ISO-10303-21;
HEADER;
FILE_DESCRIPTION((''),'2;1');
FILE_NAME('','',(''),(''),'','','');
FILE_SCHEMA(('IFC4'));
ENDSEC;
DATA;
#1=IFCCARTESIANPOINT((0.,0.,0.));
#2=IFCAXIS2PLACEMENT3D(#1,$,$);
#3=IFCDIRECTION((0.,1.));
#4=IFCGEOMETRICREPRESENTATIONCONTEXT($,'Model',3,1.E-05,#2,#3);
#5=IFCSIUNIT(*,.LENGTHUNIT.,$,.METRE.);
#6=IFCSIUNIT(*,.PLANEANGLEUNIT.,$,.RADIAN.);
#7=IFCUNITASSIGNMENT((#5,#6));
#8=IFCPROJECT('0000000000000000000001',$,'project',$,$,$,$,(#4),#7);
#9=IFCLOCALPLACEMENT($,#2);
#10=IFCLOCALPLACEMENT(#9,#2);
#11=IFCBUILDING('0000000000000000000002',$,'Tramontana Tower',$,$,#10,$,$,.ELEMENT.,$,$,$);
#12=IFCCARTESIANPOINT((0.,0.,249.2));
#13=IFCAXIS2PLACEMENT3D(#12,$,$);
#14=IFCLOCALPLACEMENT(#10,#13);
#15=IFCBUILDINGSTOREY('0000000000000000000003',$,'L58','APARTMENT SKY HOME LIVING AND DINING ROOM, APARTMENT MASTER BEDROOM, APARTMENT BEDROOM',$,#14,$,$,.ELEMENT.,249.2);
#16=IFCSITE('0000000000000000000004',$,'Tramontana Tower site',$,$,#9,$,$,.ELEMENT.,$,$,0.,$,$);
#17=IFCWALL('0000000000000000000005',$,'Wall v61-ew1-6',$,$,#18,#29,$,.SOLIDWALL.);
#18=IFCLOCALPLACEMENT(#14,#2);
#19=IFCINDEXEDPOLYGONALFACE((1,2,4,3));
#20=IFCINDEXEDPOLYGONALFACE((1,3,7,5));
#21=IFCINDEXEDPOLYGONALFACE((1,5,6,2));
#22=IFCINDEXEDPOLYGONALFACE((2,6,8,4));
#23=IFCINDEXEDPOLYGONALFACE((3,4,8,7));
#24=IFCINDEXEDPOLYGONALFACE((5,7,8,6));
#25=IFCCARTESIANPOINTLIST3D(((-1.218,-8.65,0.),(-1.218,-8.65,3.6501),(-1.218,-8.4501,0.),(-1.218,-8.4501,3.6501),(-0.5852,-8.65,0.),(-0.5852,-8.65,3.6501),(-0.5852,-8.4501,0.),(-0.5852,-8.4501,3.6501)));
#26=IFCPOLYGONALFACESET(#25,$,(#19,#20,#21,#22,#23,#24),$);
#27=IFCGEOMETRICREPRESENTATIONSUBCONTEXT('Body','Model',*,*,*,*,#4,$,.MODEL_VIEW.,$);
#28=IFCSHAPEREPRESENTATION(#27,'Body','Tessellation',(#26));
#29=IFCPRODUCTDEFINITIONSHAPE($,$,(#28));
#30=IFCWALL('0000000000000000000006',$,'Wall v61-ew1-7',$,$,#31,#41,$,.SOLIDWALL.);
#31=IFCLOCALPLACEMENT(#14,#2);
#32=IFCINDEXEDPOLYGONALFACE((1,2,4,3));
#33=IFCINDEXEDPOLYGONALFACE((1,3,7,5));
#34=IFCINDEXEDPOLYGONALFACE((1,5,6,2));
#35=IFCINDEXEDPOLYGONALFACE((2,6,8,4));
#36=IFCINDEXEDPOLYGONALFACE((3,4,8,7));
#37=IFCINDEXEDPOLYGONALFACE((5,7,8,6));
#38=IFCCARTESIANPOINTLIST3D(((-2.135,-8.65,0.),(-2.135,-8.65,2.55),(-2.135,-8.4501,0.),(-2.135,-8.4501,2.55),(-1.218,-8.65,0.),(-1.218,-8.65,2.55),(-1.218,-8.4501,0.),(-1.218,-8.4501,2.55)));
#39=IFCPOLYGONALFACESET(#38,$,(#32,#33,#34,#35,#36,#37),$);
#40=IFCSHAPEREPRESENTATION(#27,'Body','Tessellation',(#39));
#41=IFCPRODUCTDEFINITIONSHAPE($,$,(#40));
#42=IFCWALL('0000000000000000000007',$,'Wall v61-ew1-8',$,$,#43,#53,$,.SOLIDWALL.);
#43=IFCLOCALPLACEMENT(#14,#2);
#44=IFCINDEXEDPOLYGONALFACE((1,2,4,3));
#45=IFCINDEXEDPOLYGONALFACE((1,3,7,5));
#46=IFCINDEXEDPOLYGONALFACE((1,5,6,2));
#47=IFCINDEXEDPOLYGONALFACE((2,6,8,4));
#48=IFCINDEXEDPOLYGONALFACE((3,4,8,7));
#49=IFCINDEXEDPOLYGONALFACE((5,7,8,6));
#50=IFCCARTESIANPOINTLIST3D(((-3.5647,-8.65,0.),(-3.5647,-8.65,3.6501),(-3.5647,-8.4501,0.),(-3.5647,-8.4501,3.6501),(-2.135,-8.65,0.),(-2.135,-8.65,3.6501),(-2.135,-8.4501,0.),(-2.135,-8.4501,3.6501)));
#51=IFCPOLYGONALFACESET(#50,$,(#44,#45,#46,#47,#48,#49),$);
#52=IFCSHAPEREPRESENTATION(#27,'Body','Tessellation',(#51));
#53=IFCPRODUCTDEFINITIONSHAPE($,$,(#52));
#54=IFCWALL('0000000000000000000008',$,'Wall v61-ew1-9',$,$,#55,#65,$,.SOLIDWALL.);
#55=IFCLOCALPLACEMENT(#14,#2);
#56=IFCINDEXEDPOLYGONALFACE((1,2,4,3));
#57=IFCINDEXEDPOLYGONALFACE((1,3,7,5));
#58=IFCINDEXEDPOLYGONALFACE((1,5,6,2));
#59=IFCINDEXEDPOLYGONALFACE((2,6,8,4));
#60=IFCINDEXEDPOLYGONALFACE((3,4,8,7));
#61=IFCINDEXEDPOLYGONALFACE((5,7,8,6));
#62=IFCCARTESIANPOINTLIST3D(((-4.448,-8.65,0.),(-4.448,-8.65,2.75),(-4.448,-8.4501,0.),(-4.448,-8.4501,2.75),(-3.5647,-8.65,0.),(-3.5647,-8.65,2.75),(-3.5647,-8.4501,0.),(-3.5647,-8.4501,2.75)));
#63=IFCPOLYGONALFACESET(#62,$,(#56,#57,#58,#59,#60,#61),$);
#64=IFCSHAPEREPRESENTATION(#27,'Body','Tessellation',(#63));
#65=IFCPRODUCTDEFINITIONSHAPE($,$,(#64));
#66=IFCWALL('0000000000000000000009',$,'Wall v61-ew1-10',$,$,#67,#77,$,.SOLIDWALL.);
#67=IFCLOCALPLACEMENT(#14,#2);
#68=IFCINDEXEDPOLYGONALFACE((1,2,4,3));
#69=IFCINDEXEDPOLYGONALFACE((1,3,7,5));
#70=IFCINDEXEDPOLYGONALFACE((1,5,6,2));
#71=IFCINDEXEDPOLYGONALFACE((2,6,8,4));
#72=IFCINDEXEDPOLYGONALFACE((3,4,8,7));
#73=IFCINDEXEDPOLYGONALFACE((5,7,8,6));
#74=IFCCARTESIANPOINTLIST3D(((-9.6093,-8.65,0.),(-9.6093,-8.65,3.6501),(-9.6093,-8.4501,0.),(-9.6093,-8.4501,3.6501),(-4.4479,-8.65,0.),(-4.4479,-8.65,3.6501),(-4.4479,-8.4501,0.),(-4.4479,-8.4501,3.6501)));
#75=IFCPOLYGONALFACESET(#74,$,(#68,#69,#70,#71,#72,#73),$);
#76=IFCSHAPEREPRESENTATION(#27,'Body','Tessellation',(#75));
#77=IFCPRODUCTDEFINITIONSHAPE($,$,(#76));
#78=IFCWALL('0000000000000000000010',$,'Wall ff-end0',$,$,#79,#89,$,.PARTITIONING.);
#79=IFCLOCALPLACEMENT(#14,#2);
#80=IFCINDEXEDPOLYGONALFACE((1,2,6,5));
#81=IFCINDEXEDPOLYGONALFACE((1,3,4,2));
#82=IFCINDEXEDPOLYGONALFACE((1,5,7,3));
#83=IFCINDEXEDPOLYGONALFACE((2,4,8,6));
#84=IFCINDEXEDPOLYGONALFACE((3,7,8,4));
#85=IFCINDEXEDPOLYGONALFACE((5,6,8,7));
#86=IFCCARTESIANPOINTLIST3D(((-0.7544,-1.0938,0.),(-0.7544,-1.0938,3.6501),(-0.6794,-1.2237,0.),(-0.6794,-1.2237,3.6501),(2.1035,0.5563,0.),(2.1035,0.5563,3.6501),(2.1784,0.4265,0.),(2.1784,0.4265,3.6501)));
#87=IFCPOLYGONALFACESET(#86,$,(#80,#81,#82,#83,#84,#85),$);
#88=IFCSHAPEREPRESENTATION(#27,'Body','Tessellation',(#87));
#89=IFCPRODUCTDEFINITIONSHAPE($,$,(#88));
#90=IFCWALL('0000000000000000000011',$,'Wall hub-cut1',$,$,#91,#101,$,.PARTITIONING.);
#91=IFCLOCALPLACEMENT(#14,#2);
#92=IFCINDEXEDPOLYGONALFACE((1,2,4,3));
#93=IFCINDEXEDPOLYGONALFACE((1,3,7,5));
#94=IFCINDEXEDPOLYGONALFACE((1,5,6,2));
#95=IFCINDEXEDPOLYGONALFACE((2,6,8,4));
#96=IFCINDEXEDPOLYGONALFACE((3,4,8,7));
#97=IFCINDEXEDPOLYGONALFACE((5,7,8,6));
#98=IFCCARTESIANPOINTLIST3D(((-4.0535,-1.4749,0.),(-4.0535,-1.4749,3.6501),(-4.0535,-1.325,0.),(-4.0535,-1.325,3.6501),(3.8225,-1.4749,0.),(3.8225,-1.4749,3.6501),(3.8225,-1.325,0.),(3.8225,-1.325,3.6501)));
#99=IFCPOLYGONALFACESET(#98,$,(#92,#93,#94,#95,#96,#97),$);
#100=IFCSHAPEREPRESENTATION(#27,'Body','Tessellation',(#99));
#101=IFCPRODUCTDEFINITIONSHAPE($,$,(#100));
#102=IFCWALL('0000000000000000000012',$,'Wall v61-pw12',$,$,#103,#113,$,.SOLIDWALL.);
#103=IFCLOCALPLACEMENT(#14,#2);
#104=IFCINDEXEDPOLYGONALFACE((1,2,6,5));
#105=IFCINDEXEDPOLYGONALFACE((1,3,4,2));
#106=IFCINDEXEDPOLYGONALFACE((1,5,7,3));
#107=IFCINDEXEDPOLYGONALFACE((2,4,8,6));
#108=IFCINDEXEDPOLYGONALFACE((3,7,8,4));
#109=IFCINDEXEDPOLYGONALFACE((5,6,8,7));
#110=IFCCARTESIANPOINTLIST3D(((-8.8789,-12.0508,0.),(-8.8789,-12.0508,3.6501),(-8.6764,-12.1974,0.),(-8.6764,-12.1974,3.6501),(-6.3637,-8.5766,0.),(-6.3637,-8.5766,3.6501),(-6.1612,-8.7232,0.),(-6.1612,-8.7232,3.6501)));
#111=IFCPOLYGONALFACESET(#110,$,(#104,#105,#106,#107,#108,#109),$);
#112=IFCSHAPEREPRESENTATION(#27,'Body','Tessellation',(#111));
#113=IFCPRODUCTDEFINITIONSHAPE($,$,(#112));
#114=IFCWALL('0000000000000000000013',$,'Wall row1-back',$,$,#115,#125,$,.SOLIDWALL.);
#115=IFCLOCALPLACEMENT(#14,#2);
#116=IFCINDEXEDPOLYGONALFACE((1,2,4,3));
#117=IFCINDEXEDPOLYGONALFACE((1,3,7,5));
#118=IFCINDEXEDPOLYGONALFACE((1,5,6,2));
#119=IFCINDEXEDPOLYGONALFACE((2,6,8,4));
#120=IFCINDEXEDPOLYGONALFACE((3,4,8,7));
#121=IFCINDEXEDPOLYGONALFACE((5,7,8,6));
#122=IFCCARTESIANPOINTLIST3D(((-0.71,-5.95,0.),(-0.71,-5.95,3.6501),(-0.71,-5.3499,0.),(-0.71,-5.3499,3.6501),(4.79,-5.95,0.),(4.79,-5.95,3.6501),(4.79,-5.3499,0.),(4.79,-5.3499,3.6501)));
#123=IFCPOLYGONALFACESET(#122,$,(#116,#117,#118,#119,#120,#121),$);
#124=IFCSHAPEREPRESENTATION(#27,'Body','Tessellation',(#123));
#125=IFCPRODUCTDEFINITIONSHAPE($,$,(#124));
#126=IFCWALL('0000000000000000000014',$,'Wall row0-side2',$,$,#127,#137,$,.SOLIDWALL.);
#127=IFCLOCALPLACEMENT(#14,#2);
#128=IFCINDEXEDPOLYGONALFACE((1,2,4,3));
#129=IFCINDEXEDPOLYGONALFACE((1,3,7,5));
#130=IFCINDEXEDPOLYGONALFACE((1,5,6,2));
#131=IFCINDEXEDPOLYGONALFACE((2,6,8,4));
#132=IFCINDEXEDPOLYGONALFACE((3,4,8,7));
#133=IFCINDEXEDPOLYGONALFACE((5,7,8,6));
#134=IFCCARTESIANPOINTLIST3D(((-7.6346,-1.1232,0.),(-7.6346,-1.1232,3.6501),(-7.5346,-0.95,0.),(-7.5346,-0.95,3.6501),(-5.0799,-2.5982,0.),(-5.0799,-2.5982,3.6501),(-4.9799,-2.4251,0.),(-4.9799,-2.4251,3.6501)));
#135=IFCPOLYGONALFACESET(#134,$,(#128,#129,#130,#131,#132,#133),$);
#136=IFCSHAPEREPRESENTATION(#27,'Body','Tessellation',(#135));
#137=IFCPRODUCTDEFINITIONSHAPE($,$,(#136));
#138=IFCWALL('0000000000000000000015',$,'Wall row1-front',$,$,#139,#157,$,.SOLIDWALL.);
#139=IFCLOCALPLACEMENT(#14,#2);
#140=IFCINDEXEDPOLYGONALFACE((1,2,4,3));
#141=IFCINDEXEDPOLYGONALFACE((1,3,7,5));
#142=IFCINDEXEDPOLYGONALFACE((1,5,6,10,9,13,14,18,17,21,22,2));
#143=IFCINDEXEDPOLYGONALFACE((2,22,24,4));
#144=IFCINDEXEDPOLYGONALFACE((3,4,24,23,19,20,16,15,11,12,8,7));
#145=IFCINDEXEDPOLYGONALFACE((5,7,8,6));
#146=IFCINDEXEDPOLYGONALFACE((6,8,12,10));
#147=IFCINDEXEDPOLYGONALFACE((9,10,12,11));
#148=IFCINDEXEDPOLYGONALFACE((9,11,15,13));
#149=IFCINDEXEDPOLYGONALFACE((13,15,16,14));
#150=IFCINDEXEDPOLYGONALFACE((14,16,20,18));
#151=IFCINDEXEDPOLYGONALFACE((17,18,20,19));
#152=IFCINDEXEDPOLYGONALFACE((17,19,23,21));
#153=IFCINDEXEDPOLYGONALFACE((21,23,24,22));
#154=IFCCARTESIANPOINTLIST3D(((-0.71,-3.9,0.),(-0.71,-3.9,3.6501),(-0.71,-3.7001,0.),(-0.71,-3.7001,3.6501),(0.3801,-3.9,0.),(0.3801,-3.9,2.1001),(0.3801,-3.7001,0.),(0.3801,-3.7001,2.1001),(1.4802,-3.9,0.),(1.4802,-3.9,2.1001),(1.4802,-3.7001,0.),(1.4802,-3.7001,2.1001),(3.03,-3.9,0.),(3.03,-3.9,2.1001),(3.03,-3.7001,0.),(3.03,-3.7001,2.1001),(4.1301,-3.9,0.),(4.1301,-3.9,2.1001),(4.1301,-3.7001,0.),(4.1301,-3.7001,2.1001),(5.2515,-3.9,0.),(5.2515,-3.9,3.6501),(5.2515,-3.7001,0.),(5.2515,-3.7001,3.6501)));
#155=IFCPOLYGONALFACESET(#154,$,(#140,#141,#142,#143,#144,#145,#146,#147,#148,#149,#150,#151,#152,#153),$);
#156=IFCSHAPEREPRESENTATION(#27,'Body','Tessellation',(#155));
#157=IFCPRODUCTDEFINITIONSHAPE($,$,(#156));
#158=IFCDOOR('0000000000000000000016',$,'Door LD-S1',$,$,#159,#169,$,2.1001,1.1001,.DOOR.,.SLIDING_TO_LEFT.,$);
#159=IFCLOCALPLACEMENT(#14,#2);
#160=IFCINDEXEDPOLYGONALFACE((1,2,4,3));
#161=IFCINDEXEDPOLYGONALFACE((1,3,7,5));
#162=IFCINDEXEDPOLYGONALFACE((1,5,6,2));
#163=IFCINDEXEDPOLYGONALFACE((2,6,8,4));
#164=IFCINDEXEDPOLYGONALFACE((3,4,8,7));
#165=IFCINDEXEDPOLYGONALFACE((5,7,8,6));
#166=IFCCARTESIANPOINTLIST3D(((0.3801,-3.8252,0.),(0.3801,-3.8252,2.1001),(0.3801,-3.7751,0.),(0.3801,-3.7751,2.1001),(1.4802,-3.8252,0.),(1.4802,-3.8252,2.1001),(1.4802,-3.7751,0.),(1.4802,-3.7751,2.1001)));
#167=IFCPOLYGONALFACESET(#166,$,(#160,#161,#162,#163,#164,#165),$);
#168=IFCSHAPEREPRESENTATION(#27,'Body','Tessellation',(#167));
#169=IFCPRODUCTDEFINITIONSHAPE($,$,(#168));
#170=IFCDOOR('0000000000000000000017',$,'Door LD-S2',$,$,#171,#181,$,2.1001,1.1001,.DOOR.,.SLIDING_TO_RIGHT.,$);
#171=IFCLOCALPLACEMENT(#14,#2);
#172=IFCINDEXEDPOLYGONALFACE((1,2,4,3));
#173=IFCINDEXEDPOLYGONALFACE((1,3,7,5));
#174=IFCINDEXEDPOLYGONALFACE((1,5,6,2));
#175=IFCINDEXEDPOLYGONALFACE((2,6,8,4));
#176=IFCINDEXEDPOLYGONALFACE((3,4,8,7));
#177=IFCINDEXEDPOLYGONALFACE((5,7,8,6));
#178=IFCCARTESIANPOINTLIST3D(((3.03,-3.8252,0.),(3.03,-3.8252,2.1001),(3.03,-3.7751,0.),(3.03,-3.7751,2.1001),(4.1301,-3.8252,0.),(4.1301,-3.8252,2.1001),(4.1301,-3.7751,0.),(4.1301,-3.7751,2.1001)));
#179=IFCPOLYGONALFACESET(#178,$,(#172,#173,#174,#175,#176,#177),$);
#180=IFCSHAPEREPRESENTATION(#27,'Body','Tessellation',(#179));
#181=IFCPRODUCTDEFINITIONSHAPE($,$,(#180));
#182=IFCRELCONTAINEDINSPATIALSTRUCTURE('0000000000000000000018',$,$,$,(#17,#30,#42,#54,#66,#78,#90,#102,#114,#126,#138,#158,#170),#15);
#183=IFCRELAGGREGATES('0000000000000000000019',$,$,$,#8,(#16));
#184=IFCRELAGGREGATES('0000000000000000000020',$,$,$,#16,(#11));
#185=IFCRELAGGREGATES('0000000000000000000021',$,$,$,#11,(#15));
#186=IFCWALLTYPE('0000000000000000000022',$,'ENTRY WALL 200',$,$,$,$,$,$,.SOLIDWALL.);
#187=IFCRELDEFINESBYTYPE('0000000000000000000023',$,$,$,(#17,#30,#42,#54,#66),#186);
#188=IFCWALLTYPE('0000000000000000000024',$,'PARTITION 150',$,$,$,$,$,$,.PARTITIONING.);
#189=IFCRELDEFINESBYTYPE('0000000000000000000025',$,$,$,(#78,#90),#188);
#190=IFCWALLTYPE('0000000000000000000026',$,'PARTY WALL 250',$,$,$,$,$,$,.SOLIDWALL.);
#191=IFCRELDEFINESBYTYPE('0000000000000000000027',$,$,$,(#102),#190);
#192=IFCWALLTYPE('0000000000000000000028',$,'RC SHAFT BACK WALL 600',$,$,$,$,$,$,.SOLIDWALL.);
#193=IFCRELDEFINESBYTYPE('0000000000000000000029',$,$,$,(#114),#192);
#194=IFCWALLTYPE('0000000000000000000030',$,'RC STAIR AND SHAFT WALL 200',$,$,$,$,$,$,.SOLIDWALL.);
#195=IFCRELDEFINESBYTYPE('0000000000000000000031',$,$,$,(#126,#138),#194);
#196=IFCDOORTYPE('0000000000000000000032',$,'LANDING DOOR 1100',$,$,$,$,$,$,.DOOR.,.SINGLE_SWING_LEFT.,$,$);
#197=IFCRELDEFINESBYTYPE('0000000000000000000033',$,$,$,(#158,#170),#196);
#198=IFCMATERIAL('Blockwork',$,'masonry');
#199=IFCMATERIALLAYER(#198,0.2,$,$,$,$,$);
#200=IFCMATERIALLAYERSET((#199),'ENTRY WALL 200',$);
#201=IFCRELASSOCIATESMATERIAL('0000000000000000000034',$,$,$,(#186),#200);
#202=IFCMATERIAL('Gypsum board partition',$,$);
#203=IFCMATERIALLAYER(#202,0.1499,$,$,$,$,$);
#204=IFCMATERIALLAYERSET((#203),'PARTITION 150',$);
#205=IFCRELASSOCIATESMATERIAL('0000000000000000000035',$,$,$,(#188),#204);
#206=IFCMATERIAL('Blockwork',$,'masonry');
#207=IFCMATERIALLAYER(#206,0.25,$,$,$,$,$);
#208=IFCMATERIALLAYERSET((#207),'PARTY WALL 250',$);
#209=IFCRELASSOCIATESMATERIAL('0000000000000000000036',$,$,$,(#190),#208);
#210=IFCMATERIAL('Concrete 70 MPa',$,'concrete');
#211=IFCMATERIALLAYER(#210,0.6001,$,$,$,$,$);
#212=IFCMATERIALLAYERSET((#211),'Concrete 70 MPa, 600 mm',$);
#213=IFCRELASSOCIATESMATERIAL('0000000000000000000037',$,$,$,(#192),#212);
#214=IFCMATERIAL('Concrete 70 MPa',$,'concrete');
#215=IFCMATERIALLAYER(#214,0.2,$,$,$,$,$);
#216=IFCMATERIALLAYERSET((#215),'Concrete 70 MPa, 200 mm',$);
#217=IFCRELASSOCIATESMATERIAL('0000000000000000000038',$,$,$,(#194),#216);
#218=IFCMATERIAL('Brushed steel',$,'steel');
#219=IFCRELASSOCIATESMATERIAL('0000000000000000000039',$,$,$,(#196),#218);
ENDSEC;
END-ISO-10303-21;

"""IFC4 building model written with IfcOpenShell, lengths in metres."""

from ifc_helpers import new_model, si_unit, direction, frame, frame_2d, origin, place, context, subcontext, project, spatial, rectangle, extrude, material, layer, layer_set, type_object, element, fill, save


model = new_model("IFC4")

# Units and contexts
model_context = context("Model", 3, precision=1e-05, world=origin(), true_north=direction((0.0, 1.0)))
body_context = subcontext(model_context, "Body", "Model", "MODEL_VIEW")
ifc_project = project(units=[si_unit("LENGTHUNIT", "METRE"), si_unit("PLANEANGLEUNIT", "RADIAN")], contexts=[model_context])

# Site, building, storey
site_placement = place(None, origin())
site = spatial("IfcSite", under=ifc_project, at=site_placement, Name="Tramontana Tower site", CompositionType="ELEMENT", RefElevation=0.0)
building_placement = place(site_placement, origin())
building = spatial("IfcBuilding", under=site, at=building_placement, Name="Tramontana Tower", CompositionType="ELEMENT")
storey_placement = place(building_placement, frame((0.0, 0.0, 249.2)))
storey = spatial("IfcBuildingStorey", under=building, at=storey_placement, Name="L58", Description="APARTMENT SKY HOME LIVING AND DINING ROOM, APARTMENT MASTER BEDROOM, APARTMENT BEDROOM", CompositionType="ELEMENT", Elevation=249.2)

# Walls
ifc_material_1 = material(Name="Blockwork", Category="masonry")
ifc_layer_1 = layer(ifc_material_1, 0.2)
ifc_layer_set_1 = layer_set([ifc_layer_1], Name="ENTRY WALL 200")
wall_type_1 = type_object("IfcWallType", Name="ENTRY WALL 200", PredefinedType="SOLIDWALL", material=ifc_layer_set_1)
wall_1_placement = place(storey_placement, frame((-0.5852, -8.55, 0.0), z_axis=(0.0, 0.0, 1.0), x_axis=(-1.0, 0.0, 0.0)))
element("IfcWall", 1, at=wall_1_placement, inside=storey, type_object=wall_type_1, Name="Wall v61-ew1-6", PredefinedType="SOLIDWALL", context=body_context, shape_type="SweptSolid", body=[
    extrude(rectangle(XDim=0.6328, YDim=0.2, at=frame_2d((0.3164, 0.0))), origin(), (0.0, 0.0, 1.0), 3.6501),
])
wall_2_placement = place(storey_placement, frame((-1.218, -8.55, 0.0), z_axis=(0.0, 0.0, 1.0), x_axis=(-1.0, 0.0, 0.0)))
element("IfcWall", 2, at=wall_2_placement, inside=storey, type_object=wall_type_1, Name="Wall v61-ew1-7", PredefinedType="SOLIDWALL", context=body_context, shape_type="SweptSolid", body=[
    extrude(rectangle(XDim=0.917, YDim=0.2, at=frame_2d((0.4585, 0.0))), origin(), (0.0, 0.0, 1.0), 2.55),
])
wall_3_placement = place(storey_placement, frame((-2.135, -8.55, 0.0), z_axis=(0.0, 0.0, 1.0), x_axis=(-1.0, 0.0, 0.0)))
element("IfcWall", 3, at=wall_3_placement, inside=storey, type_object=wall_type_1, Name="Wall v61-ew1-8", PredefinedType="SOLIDWALL", context=body_context, shape_type="SweptSolid", body=[
    extrude(rectangle(XDim=1.4297, YDim=0.2, at=frame_2d((0.7148, 0.0))), origin(), (0.0, 0.0, 1.0), 3.6501),
])
wall_4_placement = place(storey_placement, frame((-3.5647, -8.55, 0.0), z_axis=(0.0, 0.0, 1.0), x_axis=(-1.0, 0.0, 0.0)))
element("IfcWall", 4, at=wall_4_placement, inside=storey, type_object=wall_type_1, Name="Wall v61-ew1-9", PredefinedType="SOLIDWALL", context=body_context, shape_type="SweptSolid", body=[
    extrude(rectangle(XDim=0.8833, YDim=0.2, at=frame_2d((0.4417, 0.0))), origin(), (0.0, 0.0, 1.0), 2.75),
])
wall_5_placement = place(storey_placement, frame((-4.448, -8.55, 0.0), z_axis=(0.0, 0.0, 1.0), x_axis=(-1.0, 0.0, 0.0)))
element("IfcWall", 5, at=wall_5_placement, inside=storey, type_object=wall_type_1, Name="Wall v61-ew1-10", PredefinedType="SOLIDWALL", context=body_context, shape_type="SweptSolid", body=[
    extrude(rectangle(XDim=5.1614, YDim=0.2, at=frame_2d((2.5806, 0.0))), origin(), (0.0, 0.0, 1.0), 3.6501),
])

# Shared definitions
ifc_material_2 = material(Name="Gypsum board partition")
ifc_layer_2 = layer(ifc_material_2, 0.1499)
ifc_layer_set_2 = layer_set([ifc_layer_2], Name="PARTITION 150")
wall_type_2 = type_object("IfcWallType", Name="PARTITION 150", PredefinedType="PARTITIONING", material=ifc_layer_set_2)

# Walls
wall_6_placement = place(storey_placement, frame((-0.7168, -1.1587, 0.0), z_axis=(0.0, 0.0, 1.0), x_axis=(0.866008, 0.50003, 0.0)))
element("IfcWall", 6, at=wall_6_placement, inside=storey, type_object=wall_type_2, Name="Wall ff-end0", PredefinedType="PARTITIONING", context=body_context, shape_type="SweptSolid", body=[
    extrude(rectangle(XDim=3.3, YDim=0.1499, at=frame_2d((1.6499, 0.0))), origin(), (0.0, 0.0, 1.0), 3.6501),
])
wall_7_placement = place(storey_placement, frame((-4.0535, -1.3999, 0.0), z_axis=(0.0, 0.0, 1.0), x_axis=(1.0, 0.0, 0.0)))
element("IfcWall", 7, at=wall_7_placement, inside=storey, type_object=wall_type_2, Name="Wall hub-cut1", PredefinedType="PARTITIONING", context=body_context, shape_type="SweptSolid", body=[
    extrude(rectangle(XDim=7.876, YDim=0.1499, at=frame_2d((3.938, 0.0))), origin(), (0.0, 0.0, 1.0), 3.6501),
])
ifc_material_3 = material(Name="Blockwork", Category="masonry")
ifc_layer_3 = layer(ifc_material_3, 0.25)
ifc_layer_set_3 = layer_set([ifc_layer_3], Name="PARTY WALL 250")
wall_type_3 = type_object("IfcWallType", Name="PARTY WALL 250", PredefinedType="SOLIDWALL", material=ifc_layer_set_3)
wall_8_placement = place(storey_placement, frame((-6.2625, -8.6499, 0.0), z_axis=(0.0, 0.0, 1.0), x_axis=(-0.586417, -0.810009, 0.0)))
element("IfcWall", 8, at=wall_8_placement, inside=storey, type_object=wall_type_3, Name="Wall v61-pw12", PredefinedType="SOLIDWALL", context=body_context, shape_type="SweptSolid", body=[
    extrude(rectangle(XDim=4.2891, YDim=0.25, at=frame_2d((2.1445, 0.0))), origin(), (0.0, 0.0, 1.0), 3.6501),
])
ifc_material_4 = material(Name="Concrete 70 MPa", Category="concrete")
ifc_layer_4 = layer(ifc_material_4, 0.6001)
ifc_layer_set_4 = layer_set([ifc_layer_4], Name="Concrete 70 MPa, 600 mm")
wall_type_4 = type_object("IfcWallType", Name="RC SHAFT BACK WALL 600", PredefinedType="SOLIDWALL", material=ifc_layer_set_4)
wall_9_placement = place(storey_placement, frame((-0.71, -5.6499, 0.0), z_axis=(0.0, 0.0, 1.0), x_axis=(1.0, 0.0, 0.0)))
element("IfcWall", 9, at=wall_9_placement, inside=storey, type_object=wall_type_4, Name="Wall row1-back", PredefinedType="SOLIDWALL", context=body_context, shape_type="SweptSolid", body=[
    extrude(rectangle(XDim=5.5, YDim=0.6001, at=frame_2d((2.75, 0.0))), origin(), (0.0, 0.0, 1.0), 3.6501),
])

# Shared definitions
ifc_material_5 = material(Name="Concrete 70 MPa", Category="concrete")
ifc_layer_5 = layer(ifc_material_5, 0.2)
ifc_layer_set_5 = layer_set([ifc_layer_5], Name="Concrete 70 MPa, 200 mm")
wall_type_5 = type_object("IfcWallType", Name="RC STAIR AND SHAFT WALL 200", PredefinedType="SOLIDWALL", material=ifc_layer_set_5)

# Wall
wall_10_placement = place(storey_placement, frame((-5.0298, -2.5117, 0.0), z_axis=(0.0, 0.0, 1.0), x_axis=(-0.866004, 0.500038, 0.0)))
element("IfcWall", 10, at=wall_10_placement, inside=storey, type_object=wall_type_5, Name="Wall row0-side2", PredefinedType="SOLIDWALL", context=body_context, shape_type="SweptSolid", body=[
    extrude(rectangle(XDim=2.95, YDim=0.2, at=frame_2d((1.4751, 0.0))), origin(), (0.0, 0.0, 1.0), 3.6501),
])

# Wall, openings, doors
wall_11_placement = place(storey_placement, frame((-0.71, -3.8, 0.0), z_axis=(0.0, 0.0, 1.0), x_axis=(1.0, 0.0, 0.0)))
wall_11 = element("IfcWall", 11, at=wall_11_placement, inside=storey, type_object=wall_type_5, Name="Wall row1-front", PredefinedType="SOLIDWALL", context=body_context, shape_type="SweptSolid", body=[
    extrude(rectangle(XDim=5.9614, YDim=0.2, at=frame_2d((2.9807, 0.0))), origin(), (0.0, 0.0, 1.0), 3.6501),
])
opening_1_placement = place(wall_11_placement, frame((1.0901, 0.0, 0.0)))
opening_1 = element("IfcOpeningElement", 12, at=opening_1_placement, cuts=wall_11, PredefinedType="OPENING", context=body_context, shape_type="SweptSolid", body=[
    extrude(rectangle(XDim=1.1001, YDim=2.1001, at=frame_2d((0.55, 1.05))), frame((0.0, 0.1099, 0.0), z_axis=(0.0, -1.0, 0.0), x_axis=(1.0, 0.0, 0.0)), (0.0, 0.0, 1.0), 0.22),
])
opening_2_placement = place(wall_11_placement, frame((3.74, 0.0, 0.0)))
opening_2 = element("IfcOpeningElement", 13, at=opening_2_placement, cuts=wall_11, PredefinedType="OPENING", context=body_context, shape_type="SweptSolid", body=[
    extrude(rectangle(XDim=1.1001, YDim=2.1001, at=frame_2d((0.55, 1.05))), frame((0.0, 0.1099, 0.0), z_axis=(0.0, -1.0, 0.0), x_axis=(1.0, 0.0, 0.0)), (0.0, 0.0, 1.0), 0.22),
])
ifc_material_6 = material(Name="Brushed steel", Category="steel")
door_type_1 = type_object("IfcDoorType", Name="LANDING DOOR 1100", OperationType="SINGLE_SWING_LEFT", PredefinedType="DOOR", material=ifc_material_6)
door_1_placement = place(opening_1_placement, origin())
door_1 = element("IfcDoor", 14, at=door_1_placement, inside=storey, type_object=door_type_1, Name="Door LD-S1", OperationType="SLIDING_TO_LEFT", OverallHeight=2.1001, OverallWidth=1.1001, PredefinedType="DOOR", context=body_context, shape_type="SweptSolid", body=[
    extrude(rectangle(XDim=1.1001, YDim=2.1001, at=frame_2d((0.55, 1.05))), frame((0.0, 0.0249, 0.0), z_axis=(0.0, -1.0, 0.0), x_axis=(1.0, 0.0, 0.0)), (0.0, 0.0, 1.0), 0.05),
])
fill(opening_1, door_1)
door_2_placement = place(opening_2_placement, origin())
door_2 = element("IfcDoor", 15, at=door_2_placement, inside=storey, type_object=door_type_1, Name="Door LD-S2", OperationType="SLIDING_TO_RIGHT", OverallHeight=2.1001, OverallWidth=1.1001, PredefinedType="DOOR", context=body_context, shape_type="SweptSolid", body=[
    extrude(rectangle(XDim=1.1001, YDim=2.1001, at=frame_2d((0.55, 1.05))), frame((0.0, 0.0249, 0.0), z_axis=(0.0, -1.0, 0.0), x_axis=(1.0, 0.0, 0.0)), (0.0, 0.0, 1.0), 0.05),
])
fill(opening_2, door_2)

save(model, "model.ifc")
